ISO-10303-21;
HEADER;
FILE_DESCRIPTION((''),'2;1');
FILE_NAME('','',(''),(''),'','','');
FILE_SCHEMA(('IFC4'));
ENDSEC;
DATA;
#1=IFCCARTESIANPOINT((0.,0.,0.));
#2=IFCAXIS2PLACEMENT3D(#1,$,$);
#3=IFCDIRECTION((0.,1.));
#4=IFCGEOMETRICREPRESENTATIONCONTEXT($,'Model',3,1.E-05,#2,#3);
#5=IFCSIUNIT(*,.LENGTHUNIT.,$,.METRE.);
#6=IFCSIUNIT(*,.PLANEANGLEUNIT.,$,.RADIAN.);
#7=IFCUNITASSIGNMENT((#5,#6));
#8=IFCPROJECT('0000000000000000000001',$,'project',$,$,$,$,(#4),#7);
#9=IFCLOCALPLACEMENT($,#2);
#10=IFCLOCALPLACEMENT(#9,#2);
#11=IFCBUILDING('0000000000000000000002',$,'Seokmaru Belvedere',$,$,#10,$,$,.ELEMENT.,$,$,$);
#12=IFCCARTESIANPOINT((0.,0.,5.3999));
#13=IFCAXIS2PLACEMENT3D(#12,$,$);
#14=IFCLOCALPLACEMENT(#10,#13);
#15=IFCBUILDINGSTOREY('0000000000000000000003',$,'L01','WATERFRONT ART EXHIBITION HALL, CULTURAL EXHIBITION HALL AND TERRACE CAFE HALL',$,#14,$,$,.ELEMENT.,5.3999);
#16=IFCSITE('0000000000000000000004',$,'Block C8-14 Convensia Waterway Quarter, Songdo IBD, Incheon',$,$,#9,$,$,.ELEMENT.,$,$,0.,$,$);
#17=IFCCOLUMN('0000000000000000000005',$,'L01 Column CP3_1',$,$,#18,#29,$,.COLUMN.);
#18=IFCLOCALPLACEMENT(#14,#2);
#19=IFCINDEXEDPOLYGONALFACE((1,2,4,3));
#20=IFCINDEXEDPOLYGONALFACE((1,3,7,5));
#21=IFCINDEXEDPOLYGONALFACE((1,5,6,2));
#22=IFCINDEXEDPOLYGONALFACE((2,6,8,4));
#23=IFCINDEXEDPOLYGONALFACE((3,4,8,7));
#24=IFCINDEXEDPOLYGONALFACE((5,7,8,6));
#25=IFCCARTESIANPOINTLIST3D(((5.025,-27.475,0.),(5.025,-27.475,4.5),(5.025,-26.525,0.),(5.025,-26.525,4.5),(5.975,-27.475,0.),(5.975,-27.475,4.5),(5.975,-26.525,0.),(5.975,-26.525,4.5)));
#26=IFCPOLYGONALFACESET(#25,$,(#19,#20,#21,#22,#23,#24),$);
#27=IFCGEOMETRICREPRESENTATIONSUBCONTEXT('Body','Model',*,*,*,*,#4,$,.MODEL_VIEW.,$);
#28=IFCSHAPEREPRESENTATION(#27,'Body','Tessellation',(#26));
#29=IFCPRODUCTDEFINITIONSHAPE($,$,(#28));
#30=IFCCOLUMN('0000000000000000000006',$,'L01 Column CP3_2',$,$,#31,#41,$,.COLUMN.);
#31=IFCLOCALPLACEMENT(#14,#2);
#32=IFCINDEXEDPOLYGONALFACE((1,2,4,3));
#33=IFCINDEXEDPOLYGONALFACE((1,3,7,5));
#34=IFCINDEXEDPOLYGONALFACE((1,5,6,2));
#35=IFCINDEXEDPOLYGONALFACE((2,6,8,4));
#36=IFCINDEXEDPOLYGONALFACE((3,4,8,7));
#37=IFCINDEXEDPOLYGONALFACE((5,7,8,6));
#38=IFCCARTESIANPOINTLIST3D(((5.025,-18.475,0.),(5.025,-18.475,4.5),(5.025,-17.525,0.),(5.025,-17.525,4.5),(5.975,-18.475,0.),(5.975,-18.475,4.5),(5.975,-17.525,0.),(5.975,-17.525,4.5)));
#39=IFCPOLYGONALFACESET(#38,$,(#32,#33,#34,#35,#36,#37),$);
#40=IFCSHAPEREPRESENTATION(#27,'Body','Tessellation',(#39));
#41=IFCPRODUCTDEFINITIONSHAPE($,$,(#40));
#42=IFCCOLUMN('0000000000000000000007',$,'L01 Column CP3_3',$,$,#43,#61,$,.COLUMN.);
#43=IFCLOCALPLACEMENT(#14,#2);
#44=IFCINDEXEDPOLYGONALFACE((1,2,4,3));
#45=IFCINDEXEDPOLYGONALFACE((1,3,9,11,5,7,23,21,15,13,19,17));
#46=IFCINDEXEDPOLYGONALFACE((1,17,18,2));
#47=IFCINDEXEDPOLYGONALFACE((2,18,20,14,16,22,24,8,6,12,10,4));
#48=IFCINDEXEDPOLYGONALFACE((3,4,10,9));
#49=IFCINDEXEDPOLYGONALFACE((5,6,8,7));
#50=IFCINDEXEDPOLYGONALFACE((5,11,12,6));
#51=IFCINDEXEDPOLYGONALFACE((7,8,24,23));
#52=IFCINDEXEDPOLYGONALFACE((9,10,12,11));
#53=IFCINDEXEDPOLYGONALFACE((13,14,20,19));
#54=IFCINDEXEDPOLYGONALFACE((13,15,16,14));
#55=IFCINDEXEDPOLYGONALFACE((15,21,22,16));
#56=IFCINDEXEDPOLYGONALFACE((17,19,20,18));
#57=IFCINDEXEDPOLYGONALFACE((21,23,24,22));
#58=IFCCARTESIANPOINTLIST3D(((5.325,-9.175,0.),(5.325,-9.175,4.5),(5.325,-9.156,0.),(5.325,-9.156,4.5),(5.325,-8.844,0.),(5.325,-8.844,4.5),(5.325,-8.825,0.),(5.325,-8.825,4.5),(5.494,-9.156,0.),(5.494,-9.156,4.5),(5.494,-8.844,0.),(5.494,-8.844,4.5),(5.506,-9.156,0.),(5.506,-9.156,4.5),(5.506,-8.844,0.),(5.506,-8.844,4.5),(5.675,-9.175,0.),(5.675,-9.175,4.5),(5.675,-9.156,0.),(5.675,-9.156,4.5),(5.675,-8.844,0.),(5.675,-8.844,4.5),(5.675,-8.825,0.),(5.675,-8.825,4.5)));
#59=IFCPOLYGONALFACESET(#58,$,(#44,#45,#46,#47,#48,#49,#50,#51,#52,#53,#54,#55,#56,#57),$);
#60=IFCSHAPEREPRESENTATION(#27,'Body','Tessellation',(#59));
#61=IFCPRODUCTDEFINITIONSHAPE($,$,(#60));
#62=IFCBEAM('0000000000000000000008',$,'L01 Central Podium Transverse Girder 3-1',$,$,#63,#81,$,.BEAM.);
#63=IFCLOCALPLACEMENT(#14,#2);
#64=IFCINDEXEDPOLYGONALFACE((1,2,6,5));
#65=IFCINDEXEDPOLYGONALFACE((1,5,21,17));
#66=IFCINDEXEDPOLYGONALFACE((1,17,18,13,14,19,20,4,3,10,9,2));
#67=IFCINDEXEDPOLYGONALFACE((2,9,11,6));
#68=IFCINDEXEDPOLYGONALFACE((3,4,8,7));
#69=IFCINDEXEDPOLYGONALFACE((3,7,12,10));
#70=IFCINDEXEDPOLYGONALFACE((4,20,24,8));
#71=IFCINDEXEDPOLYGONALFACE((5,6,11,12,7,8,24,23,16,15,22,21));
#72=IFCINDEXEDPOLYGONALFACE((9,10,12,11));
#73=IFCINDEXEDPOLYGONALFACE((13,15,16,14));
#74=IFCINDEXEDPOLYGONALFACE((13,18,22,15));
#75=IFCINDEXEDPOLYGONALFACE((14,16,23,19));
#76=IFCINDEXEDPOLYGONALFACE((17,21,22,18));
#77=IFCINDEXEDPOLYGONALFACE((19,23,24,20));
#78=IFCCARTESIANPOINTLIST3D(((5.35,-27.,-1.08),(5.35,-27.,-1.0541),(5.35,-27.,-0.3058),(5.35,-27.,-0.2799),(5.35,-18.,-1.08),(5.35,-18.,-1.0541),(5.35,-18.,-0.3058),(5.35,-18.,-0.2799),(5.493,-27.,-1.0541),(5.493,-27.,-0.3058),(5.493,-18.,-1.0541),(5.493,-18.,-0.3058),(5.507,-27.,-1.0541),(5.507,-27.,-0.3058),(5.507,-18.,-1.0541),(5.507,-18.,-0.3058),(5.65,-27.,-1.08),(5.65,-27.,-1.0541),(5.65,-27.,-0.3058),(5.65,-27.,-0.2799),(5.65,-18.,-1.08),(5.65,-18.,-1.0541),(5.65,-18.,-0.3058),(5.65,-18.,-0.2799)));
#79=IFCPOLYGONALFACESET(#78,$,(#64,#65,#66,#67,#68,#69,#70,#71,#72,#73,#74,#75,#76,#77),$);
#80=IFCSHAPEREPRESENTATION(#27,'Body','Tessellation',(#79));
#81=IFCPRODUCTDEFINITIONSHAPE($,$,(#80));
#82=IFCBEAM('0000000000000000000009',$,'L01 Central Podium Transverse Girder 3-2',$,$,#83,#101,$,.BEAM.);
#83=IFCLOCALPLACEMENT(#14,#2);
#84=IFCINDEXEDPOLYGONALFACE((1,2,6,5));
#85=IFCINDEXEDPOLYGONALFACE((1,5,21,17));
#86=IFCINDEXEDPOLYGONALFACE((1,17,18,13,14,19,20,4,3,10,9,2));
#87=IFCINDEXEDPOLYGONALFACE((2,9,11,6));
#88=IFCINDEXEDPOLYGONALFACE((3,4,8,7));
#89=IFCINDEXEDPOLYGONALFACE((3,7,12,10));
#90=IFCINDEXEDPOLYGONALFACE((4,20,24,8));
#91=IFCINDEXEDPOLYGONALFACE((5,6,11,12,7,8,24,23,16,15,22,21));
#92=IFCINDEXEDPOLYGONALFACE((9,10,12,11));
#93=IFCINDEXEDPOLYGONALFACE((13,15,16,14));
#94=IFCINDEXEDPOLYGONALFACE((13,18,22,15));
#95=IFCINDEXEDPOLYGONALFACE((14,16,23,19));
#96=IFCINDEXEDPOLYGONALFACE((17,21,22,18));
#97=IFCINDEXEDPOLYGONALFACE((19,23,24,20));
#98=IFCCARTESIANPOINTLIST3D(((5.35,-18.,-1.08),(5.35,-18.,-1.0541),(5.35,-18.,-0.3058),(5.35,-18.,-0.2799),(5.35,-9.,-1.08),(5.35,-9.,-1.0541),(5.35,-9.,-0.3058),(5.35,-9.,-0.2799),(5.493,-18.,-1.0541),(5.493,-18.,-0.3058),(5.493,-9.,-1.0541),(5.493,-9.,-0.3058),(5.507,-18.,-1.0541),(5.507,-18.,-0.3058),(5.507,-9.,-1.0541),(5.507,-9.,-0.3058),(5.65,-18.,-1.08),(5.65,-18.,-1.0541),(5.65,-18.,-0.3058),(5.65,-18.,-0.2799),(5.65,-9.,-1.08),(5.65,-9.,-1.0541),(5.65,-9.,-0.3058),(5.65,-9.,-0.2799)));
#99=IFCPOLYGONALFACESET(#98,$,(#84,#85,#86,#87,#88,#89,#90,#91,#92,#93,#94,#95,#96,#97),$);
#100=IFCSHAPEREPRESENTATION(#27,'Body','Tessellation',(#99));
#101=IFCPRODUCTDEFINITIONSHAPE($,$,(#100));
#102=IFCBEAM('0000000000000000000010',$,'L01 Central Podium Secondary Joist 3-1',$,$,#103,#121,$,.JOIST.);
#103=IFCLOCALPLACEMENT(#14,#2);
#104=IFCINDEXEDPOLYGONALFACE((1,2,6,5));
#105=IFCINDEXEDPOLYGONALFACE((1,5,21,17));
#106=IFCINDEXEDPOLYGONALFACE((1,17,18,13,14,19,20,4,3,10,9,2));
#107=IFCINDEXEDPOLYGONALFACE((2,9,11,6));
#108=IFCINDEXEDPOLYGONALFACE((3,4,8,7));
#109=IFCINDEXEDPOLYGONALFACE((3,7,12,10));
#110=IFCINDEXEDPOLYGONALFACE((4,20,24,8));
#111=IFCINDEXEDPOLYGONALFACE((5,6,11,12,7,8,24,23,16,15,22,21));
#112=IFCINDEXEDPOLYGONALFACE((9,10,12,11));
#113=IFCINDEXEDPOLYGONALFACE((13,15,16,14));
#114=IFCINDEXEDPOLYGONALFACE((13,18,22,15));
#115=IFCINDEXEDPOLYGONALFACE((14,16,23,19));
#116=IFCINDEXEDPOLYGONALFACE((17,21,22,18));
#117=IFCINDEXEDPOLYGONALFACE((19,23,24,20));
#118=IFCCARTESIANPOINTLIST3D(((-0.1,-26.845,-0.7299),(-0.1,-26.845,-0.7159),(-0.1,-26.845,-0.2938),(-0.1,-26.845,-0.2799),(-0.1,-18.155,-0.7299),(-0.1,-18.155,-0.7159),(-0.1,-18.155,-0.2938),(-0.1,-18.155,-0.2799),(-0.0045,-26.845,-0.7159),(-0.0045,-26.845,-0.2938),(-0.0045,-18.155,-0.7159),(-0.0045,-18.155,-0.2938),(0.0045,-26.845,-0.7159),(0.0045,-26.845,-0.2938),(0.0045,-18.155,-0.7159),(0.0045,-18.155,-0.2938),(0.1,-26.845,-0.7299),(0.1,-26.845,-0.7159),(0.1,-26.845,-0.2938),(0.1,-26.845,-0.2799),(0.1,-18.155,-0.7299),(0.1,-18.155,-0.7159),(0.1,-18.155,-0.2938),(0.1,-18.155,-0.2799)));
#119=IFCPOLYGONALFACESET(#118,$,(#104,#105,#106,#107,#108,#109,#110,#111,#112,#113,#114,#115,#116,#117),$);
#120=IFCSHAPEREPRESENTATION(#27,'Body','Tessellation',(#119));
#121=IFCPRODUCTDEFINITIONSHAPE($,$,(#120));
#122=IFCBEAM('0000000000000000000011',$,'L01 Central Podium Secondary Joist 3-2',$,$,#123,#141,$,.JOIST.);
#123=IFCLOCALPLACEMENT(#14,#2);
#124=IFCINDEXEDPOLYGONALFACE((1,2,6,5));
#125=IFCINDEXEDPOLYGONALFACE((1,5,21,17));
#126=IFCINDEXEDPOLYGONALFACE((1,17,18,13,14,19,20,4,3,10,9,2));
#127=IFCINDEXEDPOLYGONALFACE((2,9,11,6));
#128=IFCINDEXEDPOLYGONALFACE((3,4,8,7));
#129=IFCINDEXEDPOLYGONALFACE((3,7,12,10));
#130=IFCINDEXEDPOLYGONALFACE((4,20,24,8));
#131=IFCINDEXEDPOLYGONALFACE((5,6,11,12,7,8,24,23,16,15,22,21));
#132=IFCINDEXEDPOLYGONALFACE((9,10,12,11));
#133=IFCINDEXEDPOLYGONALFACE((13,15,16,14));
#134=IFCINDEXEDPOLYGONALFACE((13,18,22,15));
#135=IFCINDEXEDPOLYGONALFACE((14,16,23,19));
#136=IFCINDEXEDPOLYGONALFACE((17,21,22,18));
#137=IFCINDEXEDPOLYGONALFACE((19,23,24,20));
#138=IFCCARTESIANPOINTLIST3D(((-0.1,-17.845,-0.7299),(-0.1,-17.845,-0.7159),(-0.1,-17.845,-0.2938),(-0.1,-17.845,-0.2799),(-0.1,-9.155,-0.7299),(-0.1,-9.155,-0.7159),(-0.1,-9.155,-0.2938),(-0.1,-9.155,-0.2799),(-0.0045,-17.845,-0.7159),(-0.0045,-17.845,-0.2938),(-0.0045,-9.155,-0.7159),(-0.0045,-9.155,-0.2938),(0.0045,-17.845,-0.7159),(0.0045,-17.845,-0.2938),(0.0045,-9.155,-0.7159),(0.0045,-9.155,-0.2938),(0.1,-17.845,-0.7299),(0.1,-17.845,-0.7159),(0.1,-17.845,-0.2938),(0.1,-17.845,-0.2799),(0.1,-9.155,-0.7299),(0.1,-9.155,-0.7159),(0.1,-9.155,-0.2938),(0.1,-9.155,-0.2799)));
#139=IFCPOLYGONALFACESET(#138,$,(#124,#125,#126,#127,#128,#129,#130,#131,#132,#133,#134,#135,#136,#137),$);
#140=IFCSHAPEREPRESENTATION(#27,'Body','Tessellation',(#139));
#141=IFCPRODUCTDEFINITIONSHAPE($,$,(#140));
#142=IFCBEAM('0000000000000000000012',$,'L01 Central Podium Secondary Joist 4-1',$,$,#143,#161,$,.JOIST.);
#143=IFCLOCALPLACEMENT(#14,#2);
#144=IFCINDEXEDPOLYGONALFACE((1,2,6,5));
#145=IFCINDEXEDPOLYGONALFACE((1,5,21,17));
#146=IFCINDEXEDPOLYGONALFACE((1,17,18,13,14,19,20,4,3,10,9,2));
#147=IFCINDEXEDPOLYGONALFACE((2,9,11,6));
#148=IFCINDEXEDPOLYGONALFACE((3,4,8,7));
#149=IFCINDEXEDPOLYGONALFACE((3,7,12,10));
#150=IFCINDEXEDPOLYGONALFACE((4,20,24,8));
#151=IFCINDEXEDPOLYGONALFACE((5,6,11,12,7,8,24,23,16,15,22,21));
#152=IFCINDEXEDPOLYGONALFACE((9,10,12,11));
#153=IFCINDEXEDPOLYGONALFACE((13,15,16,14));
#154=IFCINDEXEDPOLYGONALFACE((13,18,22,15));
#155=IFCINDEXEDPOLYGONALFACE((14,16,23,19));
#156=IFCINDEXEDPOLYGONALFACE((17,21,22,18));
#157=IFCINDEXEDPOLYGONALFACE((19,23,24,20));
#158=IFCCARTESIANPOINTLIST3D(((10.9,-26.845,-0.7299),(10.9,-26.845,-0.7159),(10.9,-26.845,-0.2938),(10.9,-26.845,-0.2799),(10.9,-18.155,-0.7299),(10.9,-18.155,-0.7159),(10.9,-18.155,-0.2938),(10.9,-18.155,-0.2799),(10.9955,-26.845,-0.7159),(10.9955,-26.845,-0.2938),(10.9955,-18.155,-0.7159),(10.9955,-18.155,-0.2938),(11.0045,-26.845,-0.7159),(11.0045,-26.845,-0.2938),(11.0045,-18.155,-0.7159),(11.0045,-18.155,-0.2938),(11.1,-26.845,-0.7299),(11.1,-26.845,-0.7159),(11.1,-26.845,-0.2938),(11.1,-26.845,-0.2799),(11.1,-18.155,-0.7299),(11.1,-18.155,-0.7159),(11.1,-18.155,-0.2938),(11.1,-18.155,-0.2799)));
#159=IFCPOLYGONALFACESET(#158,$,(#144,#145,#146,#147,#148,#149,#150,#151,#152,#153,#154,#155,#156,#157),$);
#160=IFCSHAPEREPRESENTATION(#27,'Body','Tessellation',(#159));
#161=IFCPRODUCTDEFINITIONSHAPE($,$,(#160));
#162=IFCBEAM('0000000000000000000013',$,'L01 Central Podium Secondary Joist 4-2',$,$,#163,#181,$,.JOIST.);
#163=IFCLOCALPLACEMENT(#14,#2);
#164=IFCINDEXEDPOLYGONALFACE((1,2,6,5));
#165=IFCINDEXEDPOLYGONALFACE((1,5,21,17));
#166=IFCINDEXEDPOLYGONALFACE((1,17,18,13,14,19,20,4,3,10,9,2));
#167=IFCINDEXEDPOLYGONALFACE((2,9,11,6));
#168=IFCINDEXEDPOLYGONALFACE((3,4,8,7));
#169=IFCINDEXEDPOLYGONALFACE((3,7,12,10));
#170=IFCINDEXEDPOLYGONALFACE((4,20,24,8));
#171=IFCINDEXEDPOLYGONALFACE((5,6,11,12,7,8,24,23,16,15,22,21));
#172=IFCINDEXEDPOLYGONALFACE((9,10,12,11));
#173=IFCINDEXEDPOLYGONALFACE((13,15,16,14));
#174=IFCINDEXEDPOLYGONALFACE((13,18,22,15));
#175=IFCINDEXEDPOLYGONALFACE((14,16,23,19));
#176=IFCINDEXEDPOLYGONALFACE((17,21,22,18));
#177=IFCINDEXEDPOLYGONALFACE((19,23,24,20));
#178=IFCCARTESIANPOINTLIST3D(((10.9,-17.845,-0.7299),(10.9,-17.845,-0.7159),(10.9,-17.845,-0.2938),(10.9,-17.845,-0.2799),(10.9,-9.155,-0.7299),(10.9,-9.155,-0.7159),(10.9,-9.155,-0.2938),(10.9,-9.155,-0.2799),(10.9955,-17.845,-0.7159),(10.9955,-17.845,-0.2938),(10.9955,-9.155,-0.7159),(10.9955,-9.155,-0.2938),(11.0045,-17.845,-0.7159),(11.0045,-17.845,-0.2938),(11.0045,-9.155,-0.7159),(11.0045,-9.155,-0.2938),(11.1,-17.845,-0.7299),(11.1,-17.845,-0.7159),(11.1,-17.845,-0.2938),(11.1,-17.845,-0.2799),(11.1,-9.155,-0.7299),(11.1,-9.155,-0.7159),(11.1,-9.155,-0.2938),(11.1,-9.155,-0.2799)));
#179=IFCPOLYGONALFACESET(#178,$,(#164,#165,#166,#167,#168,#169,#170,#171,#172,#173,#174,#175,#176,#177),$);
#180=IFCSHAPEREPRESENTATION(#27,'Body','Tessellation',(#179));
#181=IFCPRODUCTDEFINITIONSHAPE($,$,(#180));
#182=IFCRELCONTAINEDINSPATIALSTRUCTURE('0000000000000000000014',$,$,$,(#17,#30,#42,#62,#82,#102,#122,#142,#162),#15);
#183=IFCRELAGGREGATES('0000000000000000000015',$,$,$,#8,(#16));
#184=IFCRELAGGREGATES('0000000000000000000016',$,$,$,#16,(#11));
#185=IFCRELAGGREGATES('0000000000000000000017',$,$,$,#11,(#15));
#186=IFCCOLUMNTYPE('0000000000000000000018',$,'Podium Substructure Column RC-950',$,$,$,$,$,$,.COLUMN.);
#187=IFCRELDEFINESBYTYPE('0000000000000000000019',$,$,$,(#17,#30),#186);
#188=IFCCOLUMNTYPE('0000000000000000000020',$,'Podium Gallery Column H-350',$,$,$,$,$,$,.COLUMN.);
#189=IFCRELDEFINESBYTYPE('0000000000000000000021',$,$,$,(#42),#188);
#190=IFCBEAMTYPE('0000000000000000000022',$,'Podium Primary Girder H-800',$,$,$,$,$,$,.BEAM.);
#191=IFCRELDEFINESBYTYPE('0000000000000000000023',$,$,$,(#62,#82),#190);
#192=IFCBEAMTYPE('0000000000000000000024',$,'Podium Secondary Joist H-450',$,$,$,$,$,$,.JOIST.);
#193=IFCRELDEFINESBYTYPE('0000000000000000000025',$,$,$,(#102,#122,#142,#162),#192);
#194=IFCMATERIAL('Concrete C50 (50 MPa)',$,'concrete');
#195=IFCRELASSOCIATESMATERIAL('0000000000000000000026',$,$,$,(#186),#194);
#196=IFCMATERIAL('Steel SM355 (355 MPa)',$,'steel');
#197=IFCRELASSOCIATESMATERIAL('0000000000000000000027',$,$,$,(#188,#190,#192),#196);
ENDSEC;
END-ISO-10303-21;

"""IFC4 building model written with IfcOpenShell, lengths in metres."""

from ifc_helpers import new_model, si_unit, direction, frame, origin, origin_2d, place, context, subcontext, project, spatial, rectangle, i_section, extrude, source, transform, mapped, material, material_profile, profile_set, type_object, type_shapes, element, save


model = new_model("IFC4")

# Units and contexts
model_context = context("Model", 3, precision=1e-05, world=origin(), true_north=direction((0.0, 1.0)))
body_context = subcontext(model_context, "Body", "Model", "MODEL_VIEW")
ifc_project = project(units=[si_unit("LENGTHUNIT", "METRE"), si_unit("PLANEANGLEUNIT", "RADIAN")], contexts=[model_context])

# Site, building, storey
site_placement = place(None, origin())
site = spatial("IfcSite", under=ifc_project, at=site_placement, Name="Block C8-14 Convensia Waterway Quarter, Songdo IBD, Incheon", CompositionType="ELEMENT", RefElevation=0.0)
building_placement = place(site_placement, origin())
building = spatial("IfcBuilding", under=site, at=building_placement, Name="Seokmaru Belvedere", CompositionType="ELEMENT")
storey_placement = place(building_placement, frame((0.0, 0.0, 5.3999)))
storey = spatial("IfcBuildingStorey", under=building, at=storey_placement, Name="L01", Description="WATERFRONT ART EXHIBITION HALL, CULTURAL EXHIBITION HALL AND TERRACE CAFE HALL", CompositionType="ELEMENT", Elevation=5.3999)

# Columns
ifc_material_1 = material(Name="Concrete C50 (50 MPa)", Category="concrete")
ifc_material_profile_1 = material_profile(ifc_material_1, rectangle(XDim=0.95, YDim=0.95, at=origin_2d()), Name="RC-950x950")
ifc_profile_set_1 = profile_set([ifc_material_profile_1], Name="Concrete C50 (50 MPa)")
column_type_1 = type_object("IfcColumnType", Name="Podium Substructure Column RC-950", PredefinedType="COLUMN", material=ifc_profile_set_1)
shared_shape_1 = source(origin(), body_context, "Body", "SweptSolid", [
    extrude(rectangle(XDim=0.95, YDim=0.95, at=origin_2d()), origin(), (0.0, 0.0, 1.0), 4.5),
])
type_shapes(column_type_1, [shared_shape_1])
for number, where, z_axis, x_axis, name in (
    (1, (5.5, -27.0, 0.0), (0.0, 0.0, 1.0), (1.0, 0.0, 0.0), "L01 Column CP3_1"),
    (2, (5.5, -18.0, 0.0), (0.0, 0.0, 1.0), (1.0, 0.0, 0.0), "L01 Column CP3_2"),
):
    element("IfcColumn", number, at=place(storey_placement, frame(where, z_axis=z_axis, x_axis=x_axis)), inside=storey, type_object=column_type_1, Name=name, PredefinedType="COLUMN", context=body_context, shape_type="MappedRepresentation", body=[
        mapped(shared_shape_1, transform((0.0, 0.0, 0.0), scale=1.0)),
    ])
ifc_material_2 = material(Name="Steel SM355 (355 MPa)", Category="steel")
ifc_material_profile_2 = material_profile(ifc_material_2, i_section(OverallWidth=0.3501, OverallDepth=0.3501, WebThickness=0.012, FlangeThickness=0.019, at=origin_2d()), Name="H-350x350x12x19")
ifc_profile_set_2 = profile_set([ifc_material_profile_2], Name="Steel SM355 (355 MPa)")
column_type_2 = type_object("IfcColumnType", Name="Podium Gallery Column H-350", PredefinedType="COLUMN", material=ifc_profile_set_2)
shared_shape_2 = source(origin(), body_context, "Body", "SweptSolid", [
    extrude(i_section(OverallWidth=0.3501, OverallDepth=0.3501, WebThickness=0.012, FlangeThickness=0.019, at=origin_2d()), origin(), (0.0, 0.0, 1.0), 4.5),
])
type_shapes(column_type_2, [shared_shape_2])
column_placement = place(storey_placement, frame((5.5, -9.0, 0.0), z_axis=(0.0, 0.0, 1.0), x_axis=(1.0, 0.0, 0.0)))
element("IfcColumn", 3, at=column_placement, inside=storey, type_object=column_type_2, Name="L01 Column CP3_3", PredefinedType="COLUMN", context=body_context, shape_type="MappedRepresentation", body=[
    mapped(shared_shape_2, transform((0.0, 0.0, 0.0), scale=1.0)),
])

# Beams
ifc_material_profile_3 = material_profile(ifc_material_2, i_section(OverallWidth=0.3, OverallDepth=0.8, WebThickness=0.0139, FlangeThickness=0.0259, at=origin_2d()), Name="H-800x300x14x26")
ifc_profile_set_3 = profile_set([ifc_material_profile_3], Name="Steel SM355 (355 MPa)")
beam_type_1 = type_object("IfcBeamType", Name="Podium Primary Girder H-800", PredefinedType="BEAM", material=ifc_profile_set_3)
shared_shape_3 = source(origin(), body_context, "Body", "SweptSolid", [
    extrude(i_section(OverallWidth=0.3, OverallDepth=0.8, WebThickness=0.0139, FlangeThickness=0.0259, at=origin_2d()), origin(), (0.0, 0.0, 1.0), 9.0),
])
for number, where, z_axis, x_axis, name in (
    (4, (5.5, -27.0, -0.6799), (0.0, 1.0, 0.0), (-1.0, 0.0, 0.0), "L01 Central Podium Transverse Girder 3-1"),
    (5, (5.5, -18.0, -0.6799), (0.0, 1.0, 0.0), (-1.0, 0.0, 0.0), "L01 Central Podium Transverse Girder 3-2"),
):
    element("IfcBeam", number, at=place(storey_placement, frame(where, z_axis=z_axis, x_axis=x_axis)), inside=storey, type_object=beam_type_1, Name=name, PredefinedType="BEAM", context=body_context, shape_type="MappedRepresentation", body=[
        mapped(shared_shape_3, transform((0.0, 0.0, 0.0), scale=1.0)),
    ])
ifc_material_profile_4 = material_profile(ifc_material_2, i_section(OverallWidth=0.2, OverallDepth=0.45, WebThickness=0.009, FlangeThickness=0.0139, at=origin_2d()), Name="H-450x200x9x14")
ifc_profile_set_4 = profile_set([ifc_material_profile_4], Name="Steel SM355 (355 MPa)")
beam_type_2 = type_object("IfcBeamType", Name="Podium Secondary Joist H-450", PredefinedType="JOIST", material=ifc_profile_set_4)
shared_shape_4 = source(origin(), body_context, "Body", "SweptSolid", [
    extrude(i_section(OverallWidth=0.2, OverallDepth=0.45, WebThickness=0.009, FlangeThickness=0.0139, at=origin_2d()), origin(), (0.0, 0.0, 1.0), 8.6899),
])
type_shapes(beam_type_2, [shared_shape_4])
for number, where, z_axis, x_axis, name in (
    (6, (0.0, -26.845, -0.5049), (0.0, 1.0, 0.0), (-1.0, 0.0, 0.0), "L01 Central Podium Secondary Joist 3-1"),
    (7, (0.0, -17.845, -0.5049), (0.0, 1.0, 0.0), (-1.0, 0.0, 0.0), "L01 Central Podium Secondary Joist 3-2"),
    (8, (11.0, -26.845, -0.5049), (0.0, 1.0, 0.0), (-1.0, 0.0, 0.0), "L01 Central Podium Secondary Joist 4-1"),
    (9, (11.0, -17.845, -0.5049), (0.0, 1.0, 0.0), (-1.0, 0.0, 0.0), "L01 Central Podium Secondary Joist 4-2"),
):
    element("IfcBeam", number, at=place(storey_placement, frame(where, z_axis=z_axis, x_axis=x_axis)), inside=storey, type_object=beam_type_2, Name=name, PredefinedType="JOIST", context=body_context, shape_type="MappedRepresentation", body=[
        mapped(shared_shape_4, transform((0.0, 0.0, 0.0), scale=1.0)),
    ])

save(model, "model.ifc")
